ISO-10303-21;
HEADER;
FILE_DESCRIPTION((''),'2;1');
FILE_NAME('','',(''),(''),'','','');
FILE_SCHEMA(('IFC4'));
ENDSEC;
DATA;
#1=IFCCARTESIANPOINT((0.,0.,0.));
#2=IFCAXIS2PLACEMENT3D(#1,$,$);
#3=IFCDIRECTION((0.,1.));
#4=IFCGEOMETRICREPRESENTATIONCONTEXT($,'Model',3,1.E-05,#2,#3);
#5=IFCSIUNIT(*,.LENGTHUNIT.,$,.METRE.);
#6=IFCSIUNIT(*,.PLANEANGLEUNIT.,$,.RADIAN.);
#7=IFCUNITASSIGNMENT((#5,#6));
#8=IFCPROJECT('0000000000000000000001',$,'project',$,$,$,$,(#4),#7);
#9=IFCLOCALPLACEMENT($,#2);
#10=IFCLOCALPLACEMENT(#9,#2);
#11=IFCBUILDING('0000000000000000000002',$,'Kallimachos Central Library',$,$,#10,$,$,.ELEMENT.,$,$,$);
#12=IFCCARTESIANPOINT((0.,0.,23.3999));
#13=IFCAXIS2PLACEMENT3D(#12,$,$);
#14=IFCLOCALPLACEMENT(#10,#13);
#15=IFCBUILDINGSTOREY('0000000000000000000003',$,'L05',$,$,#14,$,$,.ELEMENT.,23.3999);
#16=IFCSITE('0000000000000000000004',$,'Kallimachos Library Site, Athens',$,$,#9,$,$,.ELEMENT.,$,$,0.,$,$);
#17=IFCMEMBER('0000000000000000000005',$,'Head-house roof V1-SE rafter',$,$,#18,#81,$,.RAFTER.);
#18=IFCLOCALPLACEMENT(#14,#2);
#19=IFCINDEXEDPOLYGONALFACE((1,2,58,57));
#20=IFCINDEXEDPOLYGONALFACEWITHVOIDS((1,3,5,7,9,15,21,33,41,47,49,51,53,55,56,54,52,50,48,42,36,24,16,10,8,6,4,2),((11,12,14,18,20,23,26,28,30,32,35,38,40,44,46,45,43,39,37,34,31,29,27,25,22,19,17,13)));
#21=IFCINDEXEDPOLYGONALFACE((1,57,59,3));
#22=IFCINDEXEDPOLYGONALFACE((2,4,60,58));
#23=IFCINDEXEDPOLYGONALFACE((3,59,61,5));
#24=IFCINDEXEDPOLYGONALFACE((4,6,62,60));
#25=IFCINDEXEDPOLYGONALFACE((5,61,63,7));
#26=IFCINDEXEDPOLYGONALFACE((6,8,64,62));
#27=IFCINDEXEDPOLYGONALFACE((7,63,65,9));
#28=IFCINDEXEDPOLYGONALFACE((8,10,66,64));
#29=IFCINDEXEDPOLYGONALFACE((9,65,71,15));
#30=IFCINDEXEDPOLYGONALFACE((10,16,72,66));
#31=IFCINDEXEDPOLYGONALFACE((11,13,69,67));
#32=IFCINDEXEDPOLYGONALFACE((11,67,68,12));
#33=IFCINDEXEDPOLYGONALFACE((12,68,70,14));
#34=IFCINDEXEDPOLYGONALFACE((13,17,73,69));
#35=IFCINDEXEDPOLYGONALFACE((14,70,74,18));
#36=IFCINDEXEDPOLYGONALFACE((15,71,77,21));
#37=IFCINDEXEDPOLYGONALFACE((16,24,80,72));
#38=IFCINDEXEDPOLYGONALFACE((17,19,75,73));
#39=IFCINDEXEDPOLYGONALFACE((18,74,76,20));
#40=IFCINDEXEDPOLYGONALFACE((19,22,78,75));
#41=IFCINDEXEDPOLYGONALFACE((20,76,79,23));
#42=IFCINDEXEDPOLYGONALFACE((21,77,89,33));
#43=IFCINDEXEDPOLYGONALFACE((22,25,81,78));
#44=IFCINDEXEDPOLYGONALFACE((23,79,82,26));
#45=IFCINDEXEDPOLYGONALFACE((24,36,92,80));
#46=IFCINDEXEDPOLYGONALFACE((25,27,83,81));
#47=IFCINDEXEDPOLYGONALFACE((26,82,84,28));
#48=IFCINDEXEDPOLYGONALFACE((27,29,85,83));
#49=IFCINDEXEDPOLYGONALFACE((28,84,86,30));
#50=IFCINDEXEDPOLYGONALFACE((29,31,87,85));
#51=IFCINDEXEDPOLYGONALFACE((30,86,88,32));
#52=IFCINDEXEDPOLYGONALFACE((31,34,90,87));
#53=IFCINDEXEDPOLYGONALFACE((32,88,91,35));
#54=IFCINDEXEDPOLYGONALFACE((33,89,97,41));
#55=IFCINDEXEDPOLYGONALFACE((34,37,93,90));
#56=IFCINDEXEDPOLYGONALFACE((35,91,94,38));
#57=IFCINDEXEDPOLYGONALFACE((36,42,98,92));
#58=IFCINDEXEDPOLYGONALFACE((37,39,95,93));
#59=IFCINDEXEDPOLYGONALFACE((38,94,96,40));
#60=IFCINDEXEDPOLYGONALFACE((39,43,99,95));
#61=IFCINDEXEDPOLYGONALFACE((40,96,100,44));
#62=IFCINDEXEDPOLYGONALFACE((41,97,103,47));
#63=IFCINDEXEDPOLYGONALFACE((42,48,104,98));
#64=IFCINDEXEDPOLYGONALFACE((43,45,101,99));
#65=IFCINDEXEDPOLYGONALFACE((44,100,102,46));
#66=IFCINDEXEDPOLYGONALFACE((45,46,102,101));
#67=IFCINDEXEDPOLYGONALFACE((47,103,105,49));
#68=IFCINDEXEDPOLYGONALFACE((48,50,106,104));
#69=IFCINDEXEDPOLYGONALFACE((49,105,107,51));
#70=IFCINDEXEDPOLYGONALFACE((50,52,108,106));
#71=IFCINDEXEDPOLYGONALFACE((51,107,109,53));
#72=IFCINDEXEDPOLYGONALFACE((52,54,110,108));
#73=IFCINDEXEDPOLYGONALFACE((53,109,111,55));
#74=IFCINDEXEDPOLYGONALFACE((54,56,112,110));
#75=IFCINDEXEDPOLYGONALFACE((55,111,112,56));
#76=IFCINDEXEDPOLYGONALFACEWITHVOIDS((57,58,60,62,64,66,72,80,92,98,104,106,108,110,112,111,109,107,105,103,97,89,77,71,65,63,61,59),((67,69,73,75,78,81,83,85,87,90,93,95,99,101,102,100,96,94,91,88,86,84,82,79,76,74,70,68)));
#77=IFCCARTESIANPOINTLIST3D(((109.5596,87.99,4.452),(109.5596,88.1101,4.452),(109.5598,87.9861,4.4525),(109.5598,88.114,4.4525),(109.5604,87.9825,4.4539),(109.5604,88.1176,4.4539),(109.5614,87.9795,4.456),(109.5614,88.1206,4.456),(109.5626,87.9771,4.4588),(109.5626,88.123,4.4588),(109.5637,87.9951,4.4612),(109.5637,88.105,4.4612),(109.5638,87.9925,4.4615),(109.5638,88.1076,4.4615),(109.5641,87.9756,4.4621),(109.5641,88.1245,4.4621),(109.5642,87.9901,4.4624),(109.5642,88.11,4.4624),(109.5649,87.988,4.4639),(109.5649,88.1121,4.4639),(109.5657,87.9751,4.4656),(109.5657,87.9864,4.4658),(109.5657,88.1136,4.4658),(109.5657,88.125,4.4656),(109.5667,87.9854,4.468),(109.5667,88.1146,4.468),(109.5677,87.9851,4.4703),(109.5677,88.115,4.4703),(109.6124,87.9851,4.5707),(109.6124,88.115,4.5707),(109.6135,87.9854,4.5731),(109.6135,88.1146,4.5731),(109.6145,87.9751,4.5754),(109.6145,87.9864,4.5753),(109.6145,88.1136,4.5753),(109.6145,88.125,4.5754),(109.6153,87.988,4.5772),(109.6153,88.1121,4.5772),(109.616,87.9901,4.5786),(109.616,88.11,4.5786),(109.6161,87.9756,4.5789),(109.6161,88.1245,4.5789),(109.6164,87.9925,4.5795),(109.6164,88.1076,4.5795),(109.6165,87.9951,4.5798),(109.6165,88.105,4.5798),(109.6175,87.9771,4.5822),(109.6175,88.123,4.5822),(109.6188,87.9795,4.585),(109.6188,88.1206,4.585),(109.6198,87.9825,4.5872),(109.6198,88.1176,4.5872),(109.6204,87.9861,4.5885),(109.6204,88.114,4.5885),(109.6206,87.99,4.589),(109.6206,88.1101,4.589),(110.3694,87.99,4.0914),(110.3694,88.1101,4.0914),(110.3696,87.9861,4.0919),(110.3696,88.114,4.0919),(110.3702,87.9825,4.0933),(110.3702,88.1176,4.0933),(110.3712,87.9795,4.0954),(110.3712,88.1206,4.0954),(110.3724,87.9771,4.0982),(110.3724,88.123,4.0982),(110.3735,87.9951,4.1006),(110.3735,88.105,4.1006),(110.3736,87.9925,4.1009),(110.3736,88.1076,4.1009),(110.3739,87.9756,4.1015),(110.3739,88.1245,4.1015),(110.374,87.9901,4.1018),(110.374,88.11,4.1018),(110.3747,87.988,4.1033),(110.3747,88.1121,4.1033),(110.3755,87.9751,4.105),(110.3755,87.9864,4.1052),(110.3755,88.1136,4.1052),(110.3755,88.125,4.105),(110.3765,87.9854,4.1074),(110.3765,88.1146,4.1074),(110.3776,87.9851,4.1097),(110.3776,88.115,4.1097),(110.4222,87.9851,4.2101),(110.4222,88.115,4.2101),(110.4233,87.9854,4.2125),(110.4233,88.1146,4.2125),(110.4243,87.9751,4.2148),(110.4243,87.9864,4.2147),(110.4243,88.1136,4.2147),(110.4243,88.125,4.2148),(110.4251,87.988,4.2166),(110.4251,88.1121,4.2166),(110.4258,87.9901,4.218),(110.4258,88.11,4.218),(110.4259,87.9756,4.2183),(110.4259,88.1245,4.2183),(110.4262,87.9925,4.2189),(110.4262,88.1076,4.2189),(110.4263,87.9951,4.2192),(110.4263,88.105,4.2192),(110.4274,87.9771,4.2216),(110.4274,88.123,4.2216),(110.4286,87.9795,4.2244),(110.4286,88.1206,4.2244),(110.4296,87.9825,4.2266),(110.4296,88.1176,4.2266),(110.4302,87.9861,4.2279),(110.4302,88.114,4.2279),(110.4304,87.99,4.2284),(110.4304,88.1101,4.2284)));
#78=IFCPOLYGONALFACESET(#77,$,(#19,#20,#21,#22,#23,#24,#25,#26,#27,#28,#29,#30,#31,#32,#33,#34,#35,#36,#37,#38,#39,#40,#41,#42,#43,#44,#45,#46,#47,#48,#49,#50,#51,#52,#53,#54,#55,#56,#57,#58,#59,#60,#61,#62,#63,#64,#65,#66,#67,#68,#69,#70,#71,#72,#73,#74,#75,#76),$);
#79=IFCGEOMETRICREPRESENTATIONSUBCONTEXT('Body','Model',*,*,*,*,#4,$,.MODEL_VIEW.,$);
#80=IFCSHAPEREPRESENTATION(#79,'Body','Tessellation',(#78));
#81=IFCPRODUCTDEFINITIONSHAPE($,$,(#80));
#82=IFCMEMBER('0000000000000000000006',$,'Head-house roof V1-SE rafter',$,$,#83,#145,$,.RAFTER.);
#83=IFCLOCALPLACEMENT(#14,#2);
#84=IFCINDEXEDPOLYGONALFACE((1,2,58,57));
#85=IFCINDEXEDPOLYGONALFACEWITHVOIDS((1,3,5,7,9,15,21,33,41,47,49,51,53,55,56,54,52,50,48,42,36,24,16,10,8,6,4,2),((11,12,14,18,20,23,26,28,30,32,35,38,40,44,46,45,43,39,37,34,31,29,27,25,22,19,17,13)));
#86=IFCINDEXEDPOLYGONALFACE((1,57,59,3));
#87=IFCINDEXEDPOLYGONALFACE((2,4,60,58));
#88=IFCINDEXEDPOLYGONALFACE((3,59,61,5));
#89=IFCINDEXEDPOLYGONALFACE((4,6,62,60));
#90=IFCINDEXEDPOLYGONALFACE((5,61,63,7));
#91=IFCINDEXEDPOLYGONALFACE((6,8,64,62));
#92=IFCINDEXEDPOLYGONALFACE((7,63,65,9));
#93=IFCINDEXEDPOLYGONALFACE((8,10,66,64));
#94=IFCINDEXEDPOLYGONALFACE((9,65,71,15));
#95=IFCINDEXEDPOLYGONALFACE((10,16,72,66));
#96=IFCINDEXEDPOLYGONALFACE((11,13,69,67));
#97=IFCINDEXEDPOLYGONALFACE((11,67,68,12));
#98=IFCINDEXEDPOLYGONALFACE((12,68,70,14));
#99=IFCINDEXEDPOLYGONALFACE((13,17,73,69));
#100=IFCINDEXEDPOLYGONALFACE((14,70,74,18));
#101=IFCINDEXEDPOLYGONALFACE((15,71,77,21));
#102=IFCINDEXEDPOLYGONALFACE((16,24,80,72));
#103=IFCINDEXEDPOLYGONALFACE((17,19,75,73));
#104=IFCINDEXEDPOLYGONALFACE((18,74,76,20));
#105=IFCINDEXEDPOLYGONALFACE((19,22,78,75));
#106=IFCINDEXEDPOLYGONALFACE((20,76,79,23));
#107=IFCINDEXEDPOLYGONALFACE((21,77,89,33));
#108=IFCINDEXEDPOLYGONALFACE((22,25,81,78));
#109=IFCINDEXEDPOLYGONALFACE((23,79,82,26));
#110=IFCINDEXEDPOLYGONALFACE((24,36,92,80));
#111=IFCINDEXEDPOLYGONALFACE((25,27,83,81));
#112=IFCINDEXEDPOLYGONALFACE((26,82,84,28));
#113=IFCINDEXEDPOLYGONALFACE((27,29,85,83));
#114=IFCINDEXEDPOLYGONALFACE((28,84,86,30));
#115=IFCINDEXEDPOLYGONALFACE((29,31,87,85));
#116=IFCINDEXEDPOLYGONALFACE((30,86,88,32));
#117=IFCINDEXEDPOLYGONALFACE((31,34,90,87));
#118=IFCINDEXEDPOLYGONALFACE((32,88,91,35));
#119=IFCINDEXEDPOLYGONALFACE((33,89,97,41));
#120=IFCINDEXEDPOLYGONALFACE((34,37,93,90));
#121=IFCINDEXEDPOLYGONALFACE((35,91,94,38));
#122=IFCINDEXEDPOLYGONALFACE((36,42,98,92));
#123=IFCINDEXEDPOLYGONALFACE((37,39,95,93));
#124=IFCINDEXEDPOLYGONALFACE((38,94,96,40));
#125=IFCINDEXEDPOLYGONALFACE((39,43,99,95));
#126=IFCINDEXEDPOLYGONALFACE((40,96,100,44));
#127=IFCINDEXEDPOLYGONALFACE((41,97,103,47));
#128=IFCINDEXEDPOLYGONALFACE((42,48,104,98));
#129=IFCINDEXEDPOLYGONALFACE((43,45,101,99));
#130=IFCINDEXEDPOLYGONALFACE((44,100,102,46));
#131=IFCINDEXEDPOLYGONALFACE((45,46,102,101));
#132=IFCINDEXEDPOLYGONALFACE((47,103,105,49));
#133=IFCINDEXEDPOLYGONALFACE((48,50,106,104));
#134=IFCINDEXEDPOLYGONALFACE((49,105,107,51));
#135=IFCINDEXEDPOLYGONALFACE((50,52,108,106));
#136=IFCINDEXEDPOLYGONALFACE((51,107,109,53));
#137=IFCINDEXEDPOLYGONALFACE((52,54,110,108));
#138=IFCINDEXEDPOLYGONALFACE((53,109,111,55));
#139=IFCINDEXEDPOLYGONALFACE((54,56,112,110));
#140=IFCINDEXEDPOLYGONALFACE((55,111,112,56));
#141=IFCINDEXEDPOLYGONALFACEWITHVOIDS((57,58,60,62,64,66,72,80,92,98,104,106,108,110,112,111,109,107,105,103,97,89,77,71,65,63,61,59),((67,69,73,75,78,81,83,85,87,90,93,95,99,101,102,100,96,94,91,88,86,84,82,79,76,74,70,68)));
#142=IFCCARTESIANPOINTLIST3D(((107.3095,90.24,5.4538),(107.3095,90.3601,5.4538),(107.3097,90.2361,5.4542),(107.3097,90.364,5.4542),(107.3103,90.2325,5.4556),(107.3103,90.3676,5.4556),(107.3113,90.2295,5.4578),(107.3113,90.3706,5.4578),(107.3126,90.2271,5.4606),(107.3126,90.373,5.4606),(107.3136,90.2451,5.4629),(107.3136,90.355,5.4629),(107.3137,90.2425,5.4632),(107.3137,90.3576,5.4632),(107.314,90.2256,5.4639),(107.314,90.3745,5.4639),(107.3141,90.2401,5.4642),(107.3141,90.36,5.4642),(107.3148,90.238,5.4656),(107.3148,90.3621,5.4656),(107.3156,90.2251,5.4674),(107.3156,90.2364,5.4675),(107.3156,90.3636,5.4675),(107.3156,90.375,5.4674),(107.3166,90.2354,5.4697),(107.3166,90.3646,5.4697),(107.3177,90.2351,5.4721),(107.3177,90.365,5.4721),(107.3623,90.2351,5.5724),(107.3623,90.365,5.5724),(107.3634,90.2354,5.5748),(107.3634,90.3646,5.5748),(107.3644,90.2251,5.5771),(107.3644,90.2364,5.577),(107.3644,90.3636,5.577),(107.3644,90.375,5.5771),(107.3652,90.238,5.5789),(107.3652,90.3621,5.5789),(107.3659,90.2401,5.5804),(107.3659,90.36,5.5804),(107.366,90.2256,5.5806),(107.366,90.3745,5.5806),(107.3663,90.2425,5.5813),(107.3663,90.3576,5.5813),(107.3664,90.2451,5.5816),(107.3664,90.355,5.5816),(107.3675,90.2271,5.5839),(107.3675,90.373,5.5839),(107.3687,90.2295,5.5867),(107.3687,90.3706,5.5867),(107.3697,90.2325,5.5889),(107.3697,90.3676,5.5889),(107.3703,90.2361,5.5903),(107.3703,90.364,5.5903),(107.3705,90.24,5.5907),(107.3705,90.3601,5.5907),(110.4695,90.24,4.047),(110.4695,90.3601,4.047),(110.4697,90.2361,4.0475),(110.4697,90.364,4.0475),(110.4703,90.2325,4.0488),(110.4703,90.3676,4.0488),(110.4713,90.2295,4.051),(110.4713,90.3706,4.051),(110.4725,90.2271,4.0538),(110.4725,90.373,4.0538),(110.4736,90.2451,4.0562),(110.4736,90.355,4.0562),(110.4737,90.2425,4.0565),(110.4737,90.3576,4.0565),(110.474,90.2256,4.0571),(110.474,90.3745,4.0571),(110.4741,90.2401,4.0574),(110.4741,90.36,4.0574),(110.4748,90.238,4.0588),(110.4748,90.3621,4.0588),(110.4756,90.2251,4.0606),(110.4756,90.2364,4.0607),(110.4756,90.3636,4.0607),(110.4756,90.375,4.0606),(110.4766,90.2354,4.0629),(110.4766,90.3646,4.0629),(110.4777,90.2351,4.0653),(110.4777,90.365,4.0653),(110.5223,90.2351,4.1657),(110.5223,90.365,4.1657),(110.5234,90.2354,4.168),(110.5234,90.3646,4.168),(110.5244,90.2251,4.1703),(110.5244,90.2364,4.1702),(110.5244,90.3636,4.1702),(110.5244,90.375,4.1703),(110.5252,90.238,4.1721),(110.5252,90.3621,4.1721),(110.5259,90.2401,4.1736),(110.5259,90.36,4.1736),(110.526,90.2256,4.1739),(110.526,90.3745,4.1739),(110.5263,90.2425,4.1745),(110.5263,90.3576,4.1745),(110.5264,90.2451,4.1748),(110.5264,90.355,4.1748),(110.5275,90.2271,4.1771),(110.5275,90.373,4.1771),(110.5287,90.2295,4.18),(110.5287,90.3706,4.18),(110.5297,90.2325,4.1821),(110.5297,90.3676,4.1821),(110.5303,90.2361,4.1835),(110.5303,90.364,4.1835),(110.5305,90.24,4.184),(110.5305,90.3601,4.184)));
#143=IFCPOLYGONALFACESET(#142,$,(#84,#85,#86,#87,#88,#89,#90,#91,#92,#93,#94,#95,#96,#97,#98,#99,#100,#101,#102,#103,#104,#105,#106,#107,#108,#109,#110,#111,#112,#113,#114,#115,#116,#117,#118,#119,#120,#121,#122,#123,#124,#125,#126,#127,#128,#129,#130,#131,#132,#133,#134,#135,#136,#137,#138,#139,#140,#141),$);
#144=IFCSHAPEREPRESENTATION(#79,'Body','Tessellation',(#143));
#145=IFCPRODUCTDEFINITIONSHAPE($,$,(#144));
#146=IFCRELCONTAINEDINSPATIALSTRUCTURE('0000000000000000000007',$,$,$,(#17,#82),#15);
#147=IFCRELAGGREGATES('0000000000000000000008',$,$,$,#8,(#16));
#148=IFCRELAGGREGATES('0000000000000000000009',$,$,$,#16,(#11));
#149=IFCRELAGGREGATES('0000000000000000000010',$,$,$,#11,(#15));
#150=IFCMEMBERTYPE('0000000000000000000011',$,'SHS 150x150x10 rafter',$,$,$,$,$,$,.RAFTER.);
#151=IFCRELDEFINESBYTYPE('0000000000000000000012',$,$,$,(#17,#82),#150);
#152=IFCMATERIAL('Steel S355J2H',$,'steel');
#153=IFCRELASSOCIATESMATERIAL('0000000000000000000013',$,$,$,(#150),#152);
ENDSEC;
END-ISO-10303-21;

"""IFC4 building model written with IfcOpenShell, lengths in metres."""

from ifc_helpers import new_model, si_unit, direction, frame, origin, origin_2d, place, context, subcontext, project, spatial, hollow_rectangle, extrude, material, material_profile, profile_set, type_object, element, save


model = new_model("IFC4")

# Units and contexts
model_context = context("Model", 3, precision=1e-05, world=origin(), true_north=direction((0.0, 1.0)))
body_context = subcontext(model_context, "Body", "Model", "MODEL_VIEW")
ifc_project = project(units=[si_unit("LENGTHUNIT", "METRE"), si_unit("PLANEANGLEUNIT", "RADIAN")], contexts=[model_context])

# Site, building, storey
site_placement = place(None, origin())
site = spatial("IfcSite", under=ifc_project, at=site_placement, Name="Kallimachos Library Site, Athens", CompositionType="ELEMENT", RefElevation=0.0)
building_placement = place(site_placement, origin())
building = spatial("IfcBuilding", under=site, at=building_placement, Name="Kallimachos Central Library", CompositionType="ELEMENT")
storey_placement = place(building_placement, frame((0.0, 0.0, 23.3999)))
storey = spatial("IfcBuildingStorey", under=building, at=storey_placement, Name="L05", CompositionType="ELEMENT", Elevation=23.3999)

# Members
ifc_material_1 = material(Name="Steel S355J2H", Category="steel")
ifc_material_profile_1 = material_profile(ifc_material_1, hollow_rectangle(XDim=0.1499, YDim=0.1499, WallThickness=0.01, InnerFilletRadius=0.01, OuterFilletRadius=0.0149, at=origin_2d()), Name="SHS 150x150x10")
ifc_profile_set_1 = profile_set([ifc_material_profile_1], Name="Steel S355J2H")
member_type_1 = type_object("IfcMemberType", Name="SHS 150x150x10 rafter", PredefinedType="RAFTER", material=ifc_profile_set_1)
member_1_placement = place(storey_placement, frame((110.3999, 88.05, 4.1599), z_axis=(-0.913527, 0.0, 0.406777), x_axis=(0.0, -1.0, 0.0)))
element("IfcMember", 1, at=member_1_placement, inside=storey, type_object=member_type_1, Name="Head-house roof V1-SE rafter", PredefinedType="RAFTER", context=body_context, shape_type="SweptSolid", body=[
    extrude(hollow_rectangle(XDim=0.1499, YDim=0.1499, WallThickness=0.01, InnerFilletRadius=0.01, OuterFilletRadius=0.0149, at=origin_2d()), origin(), (0.0, 0.0, 1.0), 0.8865),
])
member_2_placement = place(storey_placement, frame((110.5, 90.3, 4.1155), z_axis=(-0.913561, 0.0, 0.406702), x_axis=(0.0, -1.0, 0.0)))
element("IfcMember", 2, at=member_2_placement, inside=storey, type_object=member_type_1, Name="Head-house roof V1-SE rafter", PredefinedType="RAFTER", context=body_context, shape_type="SweptSolid", body=[
    extrude(hollow_rectangle(XDim=0.1499, YDim=0.1499, WallThickness=0.01, InnerFilletRadius=0.01, OuterFilletRadius=0.0149, at=origin_2d()), origin(), (0.0, 0.0, 1.0), 3.459),
])

save(model, "model.ifc")
